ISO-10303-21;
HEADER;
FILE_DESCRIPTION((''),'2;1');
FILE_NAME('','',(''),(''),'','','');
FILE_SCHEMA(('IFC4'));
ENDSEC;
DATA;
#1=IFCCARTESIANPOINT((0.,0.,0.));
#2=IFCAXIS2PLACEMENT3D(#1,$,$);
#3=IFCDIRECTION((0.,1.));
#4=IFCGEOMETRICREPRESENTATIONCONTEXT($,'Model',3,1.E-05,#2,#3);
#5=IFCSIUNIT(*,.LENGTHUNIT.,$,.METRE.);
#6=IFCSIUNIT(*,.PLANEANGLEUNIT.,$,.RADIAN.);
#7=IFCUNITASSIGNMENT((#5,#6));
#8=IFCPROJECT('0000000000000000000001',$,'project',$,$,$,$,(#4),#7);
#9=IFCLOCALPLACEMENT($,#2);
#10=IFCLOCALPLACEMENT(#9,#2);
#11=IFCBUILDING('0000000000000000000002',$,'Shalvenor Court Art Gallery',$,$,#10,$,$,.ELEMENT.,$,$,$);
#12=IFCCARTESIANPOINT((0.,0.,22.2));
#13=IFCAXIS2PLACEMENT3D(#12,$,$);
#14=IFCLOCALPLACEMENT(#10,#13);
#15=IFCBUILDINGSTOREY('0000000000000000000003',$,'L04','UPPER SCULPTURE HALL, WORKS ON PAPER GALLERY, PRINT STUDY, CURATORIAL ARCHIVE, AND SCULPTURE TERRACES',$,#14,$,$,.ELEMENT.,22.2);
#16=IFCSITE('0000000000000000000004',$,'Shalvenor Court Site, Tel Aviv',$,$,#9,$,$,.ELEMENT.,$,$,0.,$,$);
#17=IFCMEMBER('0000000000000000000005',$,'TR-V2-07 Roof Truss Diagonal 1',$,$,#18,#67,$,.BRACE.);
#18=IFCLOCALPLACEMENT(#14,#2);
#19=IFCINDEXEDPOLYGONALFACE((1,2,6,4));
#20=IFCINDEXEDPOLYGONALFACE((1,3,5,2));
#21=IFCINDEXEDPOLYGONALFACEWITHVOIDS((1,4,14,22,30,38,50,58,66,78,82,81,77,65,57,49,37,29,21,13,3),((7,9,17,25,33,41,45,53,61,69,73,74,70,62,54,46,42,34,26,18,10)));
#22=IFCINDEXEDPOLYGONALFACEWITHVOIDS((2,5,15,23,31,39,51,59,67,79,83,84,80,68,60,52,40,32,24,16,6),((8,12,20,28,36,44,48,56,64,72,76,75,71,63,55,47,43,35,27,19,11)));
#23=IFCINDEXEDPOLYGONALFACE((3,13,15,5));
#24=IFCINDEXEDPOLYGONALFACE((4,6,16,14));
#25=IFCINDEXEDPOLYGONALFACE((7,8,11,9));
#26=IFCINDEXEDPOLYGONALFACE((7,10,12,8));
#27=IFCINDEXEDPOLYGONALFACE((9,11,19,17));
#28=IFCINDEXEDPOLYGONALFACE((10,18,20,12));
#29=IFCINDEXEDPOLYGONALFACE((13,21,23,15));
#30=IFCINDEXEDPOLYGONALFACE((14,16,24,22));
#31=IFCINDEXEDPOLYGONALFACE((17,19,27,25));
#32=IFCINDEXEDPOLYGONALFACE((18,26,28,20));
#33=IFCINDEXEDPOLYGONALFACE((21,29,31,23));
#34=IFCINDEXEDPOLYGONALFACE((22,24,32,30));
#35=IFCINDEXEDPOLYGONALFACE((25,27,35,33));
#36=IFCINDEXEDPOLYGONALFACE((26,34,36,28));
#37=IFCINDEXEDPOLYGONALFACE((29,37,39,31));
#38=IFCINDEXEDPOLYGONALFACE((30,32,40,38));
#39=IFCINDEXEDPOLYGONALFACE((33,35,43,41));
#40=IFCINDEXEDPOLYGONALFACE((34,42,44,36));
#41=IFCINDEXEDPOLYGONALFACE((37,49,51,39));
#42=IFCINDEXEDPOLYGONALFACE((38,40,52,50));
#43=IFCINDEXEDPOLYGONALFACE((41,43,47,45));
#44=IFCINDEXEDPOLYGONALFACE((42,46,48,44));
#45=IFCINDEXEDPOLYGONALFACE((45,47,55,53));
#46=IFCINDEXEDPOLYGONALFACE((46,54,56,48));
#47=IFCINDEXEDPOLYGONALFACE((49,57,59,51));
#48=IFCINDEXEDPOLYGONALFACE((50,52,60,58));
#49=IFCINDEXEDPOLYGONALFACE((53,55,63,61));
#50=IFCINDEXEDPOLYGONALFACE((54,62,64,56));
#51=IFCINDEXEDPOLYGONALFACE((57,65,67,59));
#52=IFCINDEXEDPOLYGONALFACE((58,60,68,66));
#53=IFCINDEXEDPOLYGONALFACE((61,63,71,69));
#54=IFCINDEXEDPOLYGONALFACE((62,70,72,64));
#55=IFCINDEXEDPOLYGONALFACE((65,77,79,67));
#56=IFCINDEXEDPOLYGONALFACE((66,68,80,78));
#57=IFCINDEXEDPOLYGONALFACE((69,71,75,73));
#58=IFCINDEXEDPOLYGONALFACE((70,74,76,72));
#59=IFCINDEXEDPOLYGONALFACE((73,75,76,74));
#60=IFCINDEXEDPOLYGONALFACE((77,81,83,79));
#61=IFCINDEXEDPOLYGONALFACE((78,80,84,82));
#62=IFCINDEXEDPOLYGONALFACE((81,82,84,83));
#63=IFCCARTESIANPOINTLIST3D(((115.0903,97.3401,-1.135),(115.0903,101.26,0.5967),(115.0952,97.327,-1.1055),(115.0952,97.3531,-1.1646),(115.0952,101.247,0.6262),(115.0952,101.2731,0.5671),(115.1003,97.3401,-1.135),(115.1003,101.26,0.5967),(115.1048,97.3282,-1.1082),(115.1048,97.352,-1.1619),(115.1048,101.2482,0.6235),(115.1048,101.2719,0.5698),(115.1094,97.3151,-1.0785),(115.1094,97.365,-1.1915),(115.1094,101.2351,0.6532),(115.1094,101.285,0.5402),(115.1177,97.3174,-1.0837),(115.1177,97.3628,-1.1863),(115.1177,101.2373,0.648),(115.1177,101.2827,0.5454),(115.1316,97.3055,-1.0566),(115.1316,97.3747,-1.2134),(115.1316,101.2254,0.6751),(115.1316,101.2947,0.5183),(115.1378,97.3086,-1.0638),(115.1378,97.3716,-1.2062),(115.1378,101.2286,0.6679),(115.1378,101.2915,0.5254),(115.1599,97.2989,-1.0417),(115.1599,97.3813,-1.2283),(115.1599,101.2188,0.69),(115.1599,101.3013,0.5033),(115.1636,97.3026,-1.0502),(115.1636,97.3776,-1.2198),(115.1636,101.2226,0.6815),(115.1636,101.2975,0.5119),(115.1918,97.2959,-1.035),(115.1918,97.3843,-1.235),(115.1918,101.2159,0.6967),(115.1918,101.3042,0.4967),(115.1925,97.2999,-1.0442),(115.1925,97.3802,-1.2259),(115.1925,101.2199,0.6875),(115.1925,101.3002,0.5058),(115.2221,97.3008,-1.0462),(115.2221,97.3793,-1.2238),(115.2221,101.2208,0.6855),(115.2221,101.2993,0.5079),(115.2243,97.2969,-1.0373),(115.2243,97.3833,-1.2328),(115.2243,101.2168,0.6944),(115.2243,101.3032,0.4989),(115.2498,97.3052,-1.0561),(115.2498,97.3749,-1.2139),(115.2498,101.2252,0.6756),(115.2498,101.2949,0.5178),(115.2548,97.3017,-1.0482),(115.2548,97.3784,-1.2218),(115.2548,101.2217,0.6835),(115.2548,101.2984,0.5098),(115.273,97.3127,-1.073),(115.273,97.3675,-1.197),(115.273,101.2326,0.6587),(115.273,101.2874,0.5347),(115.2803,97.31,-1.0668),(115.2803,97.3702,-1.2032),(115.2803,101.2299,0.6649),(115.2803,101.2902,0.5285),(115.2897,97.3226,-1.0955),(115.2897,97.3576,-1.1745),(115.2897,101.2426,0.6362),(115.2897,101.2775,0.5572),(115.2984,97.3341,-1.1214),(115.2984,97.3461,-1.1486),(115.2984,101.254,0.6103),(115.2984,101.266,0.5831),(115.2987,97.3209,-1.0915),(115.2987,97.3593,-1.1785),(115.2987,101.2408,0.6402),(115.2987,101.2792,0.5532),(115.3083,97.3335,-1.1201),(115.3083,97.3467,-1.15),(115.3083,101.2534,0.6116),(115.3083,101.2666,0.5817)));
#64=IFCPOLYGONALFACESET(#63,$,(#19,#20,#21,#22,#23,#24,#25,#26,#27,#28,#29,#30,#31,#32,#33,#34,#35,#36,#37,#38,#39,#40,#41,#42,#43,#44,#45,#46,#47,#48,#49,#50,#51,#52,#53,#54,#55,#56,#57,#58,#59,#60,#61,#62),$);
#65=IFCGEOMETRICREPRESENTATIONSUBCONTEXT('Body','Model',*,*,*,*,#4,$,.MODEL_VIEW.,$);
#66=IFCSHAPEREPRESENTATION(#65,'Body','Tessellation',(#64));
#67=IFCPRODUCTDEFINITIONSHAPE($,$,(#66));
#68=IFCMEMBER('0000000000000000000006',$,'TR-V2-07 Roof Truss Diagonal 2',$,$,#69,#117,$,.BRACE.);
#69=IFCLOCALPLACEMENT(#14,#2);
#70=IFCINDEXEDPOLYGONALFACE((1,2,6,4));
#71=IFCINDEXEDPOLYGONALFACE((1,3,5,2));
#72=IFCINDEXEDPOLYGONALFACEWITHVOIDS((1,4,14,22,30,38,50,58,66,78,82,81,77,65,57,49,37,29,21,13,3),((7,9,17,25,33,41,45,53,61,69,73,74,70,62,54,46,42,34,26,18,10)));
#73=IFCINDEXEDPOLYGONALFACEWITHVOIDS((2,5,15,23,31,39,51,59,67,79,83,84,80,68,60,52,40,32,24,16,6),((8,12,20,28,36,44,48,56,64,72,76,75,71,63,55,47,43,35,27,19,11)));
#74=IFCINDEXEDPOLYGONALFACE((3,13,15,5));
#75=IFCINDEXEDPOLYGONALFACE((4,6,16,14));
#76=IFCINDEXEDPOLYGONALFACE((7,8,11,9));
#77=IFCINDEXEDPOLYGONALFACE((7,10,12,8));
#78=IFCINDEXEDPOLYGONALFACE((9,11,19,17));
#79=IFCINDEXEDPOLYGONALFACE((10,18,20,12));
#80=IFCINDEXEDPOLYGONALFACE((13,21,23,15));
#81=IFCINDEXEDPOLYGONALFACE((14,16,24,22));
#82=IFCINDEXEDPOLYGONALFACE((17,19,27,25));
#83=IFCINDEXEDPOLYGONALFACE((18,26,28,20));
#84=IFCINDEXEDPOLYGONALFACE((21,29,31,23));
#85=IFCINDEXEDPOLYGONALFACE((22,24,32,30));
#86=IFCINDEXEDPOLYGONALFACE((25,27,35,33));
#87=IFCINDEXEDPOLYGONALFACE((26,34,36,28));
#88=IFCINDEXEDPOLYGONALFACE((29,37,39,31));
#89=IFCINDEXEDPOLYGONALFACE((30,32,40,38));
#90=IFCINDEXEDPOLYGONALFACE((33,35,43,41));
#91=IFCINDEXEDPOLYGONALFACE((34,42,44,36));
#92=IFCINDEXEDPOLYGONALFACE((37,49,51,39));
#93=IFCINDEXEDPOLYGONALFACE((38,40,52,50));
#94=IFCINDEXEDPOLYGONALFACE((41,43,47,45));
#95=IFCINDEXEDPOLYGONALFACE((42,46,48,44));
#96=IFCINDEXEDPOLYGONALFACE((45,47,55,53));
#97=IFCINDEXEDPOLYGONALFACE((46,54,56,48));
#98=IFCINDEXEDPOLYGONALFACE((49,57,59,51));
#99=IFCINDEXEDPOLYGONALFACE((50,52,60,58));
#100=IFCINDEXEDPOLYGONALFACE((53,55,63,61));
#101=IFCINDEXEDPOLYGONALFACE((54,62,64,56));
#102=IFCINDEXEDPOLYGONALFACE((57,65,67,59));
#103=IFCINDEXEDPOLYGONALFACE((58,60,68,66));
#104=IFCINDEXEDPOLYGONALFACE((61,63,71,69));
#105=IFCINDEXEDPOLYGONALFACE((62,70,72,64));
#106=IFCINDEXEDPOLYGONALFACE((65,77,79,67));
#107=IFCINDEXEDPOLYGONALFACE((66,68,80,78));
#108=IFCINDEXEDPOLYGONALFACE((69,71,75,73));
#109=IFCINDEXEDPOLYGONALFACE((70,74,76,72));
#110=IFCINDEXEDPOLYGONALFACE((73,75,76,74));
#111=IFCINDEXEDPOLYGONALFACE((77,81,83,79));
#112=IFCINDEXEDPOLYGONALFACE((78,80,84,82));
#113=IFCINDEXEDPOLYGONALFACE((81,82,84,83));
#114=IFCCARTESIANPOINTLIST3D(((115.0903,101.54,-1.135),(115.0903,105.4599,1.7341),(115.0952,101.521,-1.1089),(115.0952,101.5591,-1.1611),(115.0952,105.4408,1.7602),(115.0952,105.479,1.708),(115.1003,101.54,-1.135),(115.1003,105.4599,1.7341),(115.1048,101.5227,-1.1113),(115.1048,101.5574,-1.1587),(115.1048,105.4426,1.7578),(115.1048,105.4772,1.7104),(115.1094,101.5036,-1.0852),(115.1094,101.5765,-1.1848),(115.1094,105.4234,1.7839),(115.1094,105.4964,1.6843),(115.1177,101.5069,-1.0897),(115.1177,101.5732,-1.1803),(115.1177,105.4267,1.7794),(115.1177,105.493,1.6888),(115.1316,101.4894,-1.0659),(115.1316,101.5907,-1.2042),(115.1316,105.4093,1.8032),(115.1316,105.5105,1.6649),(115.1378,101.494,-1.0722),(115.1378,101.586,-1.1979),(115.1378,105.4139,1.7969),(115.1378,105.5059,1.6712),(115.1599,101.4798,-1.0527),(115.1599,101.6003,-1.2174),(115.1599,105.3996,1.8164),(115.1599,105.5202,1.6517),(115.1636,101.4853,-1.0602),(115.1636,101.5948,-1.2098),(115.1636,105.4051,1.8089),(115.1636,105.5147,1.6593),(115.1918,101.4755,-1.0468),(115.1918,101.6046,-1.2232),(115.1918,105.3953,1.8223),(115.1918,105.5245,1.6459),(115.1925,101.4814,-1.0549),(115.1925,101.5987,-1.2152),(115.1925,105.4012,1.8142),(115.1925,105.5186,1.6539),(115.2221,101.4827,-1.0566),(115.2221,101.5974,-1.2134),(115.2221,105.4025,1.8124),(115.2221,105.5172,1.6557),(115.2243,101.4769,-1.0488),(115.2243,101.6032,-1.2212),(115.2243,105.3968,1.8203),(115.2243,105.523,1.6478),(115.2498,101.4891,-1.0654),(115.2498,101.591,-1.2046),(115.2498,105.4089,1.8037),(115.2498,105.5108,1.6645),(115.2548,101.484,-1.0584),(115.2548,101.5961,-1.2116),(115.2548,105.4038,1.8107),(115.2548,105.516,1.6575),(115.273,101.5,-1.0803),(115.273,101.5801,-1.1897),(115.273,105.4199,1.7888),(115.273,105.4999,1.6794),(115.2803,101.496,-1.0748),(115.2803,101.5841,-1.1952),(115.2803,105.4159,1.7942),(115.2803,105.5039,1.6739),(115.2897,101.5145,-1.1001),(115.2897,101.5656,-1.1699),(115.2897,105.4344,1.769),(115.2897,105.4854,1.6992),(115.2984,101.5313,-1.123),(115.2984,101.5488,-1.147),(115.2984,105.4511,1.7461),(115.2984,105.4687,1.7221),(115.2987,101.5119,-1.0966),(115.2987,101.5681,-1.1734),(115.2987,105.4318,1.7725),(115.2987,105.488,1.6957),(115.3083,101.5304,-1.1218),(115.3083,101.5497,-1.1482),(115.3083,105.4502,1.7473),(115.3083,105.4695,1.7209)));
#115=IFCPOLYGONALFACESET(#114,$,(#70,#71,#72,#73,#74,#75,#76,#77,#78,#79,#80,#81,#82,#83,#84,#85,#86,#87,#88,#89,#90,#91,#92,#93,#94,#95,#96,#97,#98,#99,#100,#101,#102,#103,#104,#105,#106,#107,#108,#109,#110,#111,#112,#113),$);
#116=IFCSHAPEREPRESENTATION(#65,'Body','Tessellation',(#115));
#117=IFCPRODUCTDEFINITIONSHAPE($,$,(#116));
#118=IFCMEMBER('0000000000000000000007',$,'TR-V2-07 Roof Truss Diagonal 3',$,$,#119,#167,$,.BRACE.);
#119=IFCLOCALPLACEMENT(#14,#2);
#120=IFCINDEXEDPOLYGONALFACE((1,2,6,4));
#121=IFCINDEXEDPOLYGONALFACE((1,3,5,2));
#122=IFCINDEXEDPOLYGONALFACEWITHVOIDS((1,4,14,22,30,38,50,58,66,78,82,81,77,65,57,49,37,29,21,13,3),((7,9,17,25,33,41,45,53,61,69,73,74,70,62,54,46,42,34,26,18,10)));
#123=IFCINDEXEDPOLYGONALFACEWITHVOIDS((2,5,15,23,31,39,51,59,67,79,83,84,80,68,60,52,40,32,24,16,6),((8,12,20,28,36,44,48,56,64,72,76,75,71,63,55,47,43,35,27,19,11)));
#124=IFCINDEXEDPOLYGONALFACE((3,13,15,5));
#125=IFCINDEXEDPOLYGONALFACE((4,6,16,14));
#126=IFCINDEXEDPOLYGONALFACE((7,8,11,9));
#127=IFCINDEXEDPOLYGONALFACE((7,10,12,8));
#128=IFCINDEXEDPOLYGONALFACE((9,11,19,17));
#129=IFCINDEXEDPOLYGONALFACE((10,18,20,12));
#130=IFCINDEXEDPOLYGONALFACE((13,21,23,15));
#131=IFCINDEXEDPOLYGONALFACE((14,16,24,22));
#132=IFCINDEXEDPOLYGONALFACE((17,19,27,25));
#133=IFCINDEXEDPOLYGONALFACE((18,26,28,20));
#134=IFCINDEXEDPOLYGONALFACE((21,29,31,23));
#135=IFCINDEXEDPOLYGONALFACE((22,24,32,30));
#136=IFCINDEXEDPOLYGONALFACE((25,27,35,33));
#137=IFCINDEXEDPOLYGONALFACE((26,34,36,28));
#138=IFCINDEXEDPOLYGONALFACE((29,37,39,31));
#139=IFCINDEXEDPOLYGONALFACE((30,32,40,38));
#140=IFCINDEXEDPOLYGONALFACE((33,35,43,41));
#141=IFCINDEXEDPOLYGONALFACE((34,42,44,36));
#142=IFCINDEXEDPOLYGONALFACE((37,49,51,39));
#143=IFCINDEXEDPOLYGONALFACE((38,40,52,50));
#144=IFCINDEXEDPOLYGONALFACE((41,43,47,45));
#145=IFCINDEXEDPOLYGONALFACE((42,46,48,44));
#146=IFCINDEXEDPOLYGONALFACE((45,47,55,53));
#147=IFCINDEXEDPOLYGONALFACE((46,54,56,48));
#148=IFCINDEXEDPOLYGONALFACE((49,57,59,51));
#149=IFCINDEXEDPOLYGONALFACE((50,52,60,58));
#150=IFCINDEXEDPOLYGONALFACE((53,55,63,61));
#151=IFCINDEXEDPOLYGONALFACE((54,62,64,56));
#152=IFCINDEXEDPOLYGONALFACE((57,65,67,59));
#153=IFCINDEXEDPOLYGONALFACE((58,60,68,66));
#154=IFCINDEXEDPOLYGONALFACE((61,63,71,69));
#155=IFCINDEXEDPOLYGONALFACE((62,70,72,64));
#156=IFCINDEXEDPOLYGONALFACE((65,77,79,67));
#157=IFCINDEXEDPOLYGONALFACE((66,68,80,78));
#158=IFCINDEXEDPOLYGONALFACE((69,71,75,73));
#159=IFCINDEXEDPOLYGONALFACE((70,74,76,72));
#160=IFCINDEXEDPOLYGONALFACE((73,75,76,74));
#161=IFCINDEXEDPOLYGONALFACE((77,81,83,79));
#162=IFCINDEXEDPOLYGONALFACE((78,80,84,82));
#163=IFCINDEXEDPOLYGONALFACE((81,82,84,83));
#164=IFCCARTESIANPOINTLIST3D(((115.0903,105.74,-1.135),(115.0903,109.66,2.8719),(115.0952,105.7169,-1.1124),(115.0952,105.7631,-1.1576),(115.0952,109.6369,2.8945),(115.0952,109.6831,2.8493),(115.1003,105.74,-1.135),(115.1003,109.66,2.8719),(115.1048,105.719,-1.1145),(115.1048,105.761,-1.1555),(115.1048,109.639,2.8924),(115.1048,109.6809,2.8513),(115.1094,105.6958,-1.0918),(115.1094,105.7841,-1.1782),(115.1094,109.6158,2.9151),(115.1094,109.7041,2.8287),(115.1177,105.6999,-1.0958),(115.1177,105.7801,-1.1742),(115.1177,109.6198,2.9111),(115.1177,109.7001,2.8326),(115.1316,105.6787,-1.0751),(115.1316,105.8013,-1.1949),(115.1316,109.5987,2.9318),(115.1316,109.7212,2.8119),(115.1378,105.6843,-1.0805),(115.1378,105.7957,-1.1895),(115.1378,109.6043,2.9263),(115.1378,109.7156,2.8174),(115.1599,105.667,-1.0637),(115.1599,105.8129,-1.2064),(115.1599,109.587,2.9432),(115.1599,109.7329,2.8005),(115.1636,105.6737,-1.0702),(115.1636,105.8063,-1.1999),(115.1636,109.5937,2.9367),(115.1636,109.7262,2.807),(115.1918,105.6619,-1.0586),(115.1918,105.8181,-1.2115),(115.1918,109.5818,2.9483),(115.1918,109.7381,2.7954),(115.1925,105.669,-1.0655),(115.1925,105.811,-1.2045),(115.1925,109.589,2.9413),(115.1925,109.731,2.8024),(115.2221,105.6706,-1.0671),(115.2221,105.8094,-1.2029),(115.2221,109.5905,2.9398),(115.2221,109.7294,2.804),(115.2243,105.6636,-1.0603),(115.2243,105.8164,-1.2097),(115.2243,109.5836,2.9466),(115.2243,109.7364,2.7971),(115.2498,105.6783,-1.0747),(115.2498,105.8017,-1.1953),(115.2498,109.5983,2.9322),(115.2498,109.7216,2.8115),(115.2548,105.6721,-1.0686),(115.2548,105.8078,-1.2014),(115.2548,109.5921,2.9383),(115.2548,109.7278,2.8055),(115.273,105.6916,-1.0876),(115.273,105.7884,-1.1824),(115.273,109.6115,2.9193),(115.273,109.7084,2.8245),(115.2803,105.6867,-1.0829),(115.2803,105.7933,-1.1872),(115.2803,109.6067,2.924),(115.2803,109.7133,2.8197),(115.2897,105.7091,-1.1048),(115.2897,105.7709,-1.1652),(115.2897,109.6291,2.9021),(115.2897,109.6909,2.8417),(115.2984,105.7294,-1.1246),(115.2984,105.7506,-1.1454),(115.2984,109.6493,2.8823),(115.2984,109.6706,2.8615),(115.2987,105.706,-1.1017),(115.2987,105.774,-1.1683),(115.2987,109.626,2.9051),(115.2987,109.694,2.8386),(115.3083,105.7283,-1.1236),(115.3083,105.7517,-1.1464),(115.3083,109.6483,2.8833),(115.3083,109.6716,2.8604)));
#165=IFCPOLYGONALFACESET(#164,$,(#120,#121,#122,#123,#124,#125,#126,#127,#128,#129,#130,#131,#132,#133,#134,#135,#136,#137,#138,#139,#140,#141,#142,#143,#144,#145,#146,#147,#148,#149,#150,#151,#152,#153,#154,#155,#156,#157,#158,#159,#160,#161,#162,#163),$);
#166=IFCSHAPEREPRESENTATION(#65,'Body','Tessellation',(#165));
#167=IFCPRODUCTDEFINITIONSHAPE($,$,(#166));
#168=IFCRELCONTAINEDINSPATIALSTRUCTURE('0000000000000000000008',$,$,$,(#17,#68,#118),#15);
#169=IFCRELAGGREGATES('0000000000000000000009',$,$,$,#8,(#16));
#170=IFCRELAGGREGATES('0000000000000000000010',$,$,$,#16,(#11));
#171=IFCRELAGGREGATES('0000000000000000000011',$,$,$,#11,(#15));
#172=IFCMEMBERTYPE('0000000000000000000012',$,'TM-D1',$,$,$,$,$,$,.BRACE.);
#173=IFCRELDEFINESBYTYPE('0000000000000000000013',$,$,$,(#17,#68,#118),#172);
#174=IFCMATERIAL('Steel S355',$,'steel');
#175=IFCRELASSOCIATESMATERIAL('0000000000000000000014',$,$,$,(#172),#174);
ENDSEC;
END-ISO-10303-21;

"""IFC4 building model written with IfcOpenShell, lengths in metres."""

from ifc_helpers import new_model, si_unit, direction, frame, origin, origin_2d, place, context, subcontext, project, spatial, hollow_circle, extrude, material, material_profile, profile_set, type_object, element, save


model = new_model("IFC4")

# Units and contexts
model_context = context("Model", 3, precision=1e-05, world=origin(), true_north=direction((0.0, 1.0)))
body_context = subcontext(model_context, "Body", "Model", "MODEL_VIEW")
ifc_project = project(units=[si_unit("LENGTHUNIT", "METRE"), si_unit("PLANEANGLEUNIT", "RADIAN")], contexts=[model_context])

# Site, building, storey
site_placement = place(None, origin())
site = spatial("IfcSite", under=ifc_project, at=site_placement, Name="Shalvenor Court Site, Tel Aviv", CompositionType="ELEMENT", RefElevation=0.0)
building_placement = place(site_placement, origin())
building = spatial("IfcBuilding", under=site, at=building_placement, Name="Shalvenor Court Art Gallery", CompositionType="ELEMENT")
storey_placement = place(building_placement, frame((0.0, 0.0, 22.2)))
storey = spatial("IfcBuildingStorey", under=building, at=storey_placement, Name="L04", Description="UPPER SCULPTURE HALL, WORKS ON PAPER GALLERY, PRINT STUDY, CURATORIAL ARCHIVE, AND SCULPTURE TERRACES", CompositionType="ELEMENT", Elevation=22.2)

# Members
ifc_material_1 = material(Name="Steel S355", Category="steel")
ifc_material_profile_1 = material_profile(ifc_material_1, hollow_circle(Radius=0.1096, WallThickness=0.01, at=origin_2d()), Name="CHS 219.1x10.0")
ifc_profile_set_1 = profile_set([ifc_material_profile_1], Name="Steel S355")
member_type_1 = type_object("IfcMemberType", Name="TM-D1", PredefinedType="BRACE", material=ifc_profile_set_1)
member_1_placement = place(storey_placement, frame((115.2, 97.3401, -1.135), z_axis=(0.0, 0.914718, 0.404092), x_axis=(-1.0, 0.0, 0.0)))
element("IfcMember", 1, at=member_1_placement, inside=storey, type_object=member_type_1, Name="TR-V2-07 Roof Truss Diagonal 1", PredefinedType="BRACE", context=body_context, shape_type="SweptSolid", body=[
    extrude(hollow_circle(Radius=0.1096, WallThickness=0.01, at=origin_2d()), origin(), (0.0, 0.0, 1.0), 4.2854),
])
member_2_placement = place(storey_placement, frame((115.2, 101.54, -1.135), z_axis=(0.0, 0.806942, 0.590631), x_axis=(-1.0, 0.0, 0.0)))
element("IfcMember", 2, at=member_2_placement, inside=storey, type_object=member_type_1, Name="TR-V2-07 Roof Truss Diagonal 2", PredefinedType="BRACE", context=body_context, shape_type="SweptSolid", body=[
    extrude(hollow_circle(Radius=0.1096, WallThickness=0.01, at=origin_2d()), origin(), (0.0, 0.0, 1.0), 4.8577),
])
member_3_placement = place(storey_placement, frame((115.2, 105.74, -1.135), z_axis=(0.0, 0.699312, 0.714817), x_axis=(-1.0, 0.0, 0.0)))
element("IfcMember", 3, at=member_3_placement, inside=storey, type_object=member_type_1, Name="TR-V2-07 Roof Truss Diagonal 3", PredefinedType="BRACE", context=body_context, shape_type="SweptSolid", body=[
    extrude(hollow_circle(Radius=0.1096, WallThickness=0.01, at=origin_2d()), origin(), (0.0, 0.0, 1.0), 5.6055),
])

save(model, "model.ifc")
